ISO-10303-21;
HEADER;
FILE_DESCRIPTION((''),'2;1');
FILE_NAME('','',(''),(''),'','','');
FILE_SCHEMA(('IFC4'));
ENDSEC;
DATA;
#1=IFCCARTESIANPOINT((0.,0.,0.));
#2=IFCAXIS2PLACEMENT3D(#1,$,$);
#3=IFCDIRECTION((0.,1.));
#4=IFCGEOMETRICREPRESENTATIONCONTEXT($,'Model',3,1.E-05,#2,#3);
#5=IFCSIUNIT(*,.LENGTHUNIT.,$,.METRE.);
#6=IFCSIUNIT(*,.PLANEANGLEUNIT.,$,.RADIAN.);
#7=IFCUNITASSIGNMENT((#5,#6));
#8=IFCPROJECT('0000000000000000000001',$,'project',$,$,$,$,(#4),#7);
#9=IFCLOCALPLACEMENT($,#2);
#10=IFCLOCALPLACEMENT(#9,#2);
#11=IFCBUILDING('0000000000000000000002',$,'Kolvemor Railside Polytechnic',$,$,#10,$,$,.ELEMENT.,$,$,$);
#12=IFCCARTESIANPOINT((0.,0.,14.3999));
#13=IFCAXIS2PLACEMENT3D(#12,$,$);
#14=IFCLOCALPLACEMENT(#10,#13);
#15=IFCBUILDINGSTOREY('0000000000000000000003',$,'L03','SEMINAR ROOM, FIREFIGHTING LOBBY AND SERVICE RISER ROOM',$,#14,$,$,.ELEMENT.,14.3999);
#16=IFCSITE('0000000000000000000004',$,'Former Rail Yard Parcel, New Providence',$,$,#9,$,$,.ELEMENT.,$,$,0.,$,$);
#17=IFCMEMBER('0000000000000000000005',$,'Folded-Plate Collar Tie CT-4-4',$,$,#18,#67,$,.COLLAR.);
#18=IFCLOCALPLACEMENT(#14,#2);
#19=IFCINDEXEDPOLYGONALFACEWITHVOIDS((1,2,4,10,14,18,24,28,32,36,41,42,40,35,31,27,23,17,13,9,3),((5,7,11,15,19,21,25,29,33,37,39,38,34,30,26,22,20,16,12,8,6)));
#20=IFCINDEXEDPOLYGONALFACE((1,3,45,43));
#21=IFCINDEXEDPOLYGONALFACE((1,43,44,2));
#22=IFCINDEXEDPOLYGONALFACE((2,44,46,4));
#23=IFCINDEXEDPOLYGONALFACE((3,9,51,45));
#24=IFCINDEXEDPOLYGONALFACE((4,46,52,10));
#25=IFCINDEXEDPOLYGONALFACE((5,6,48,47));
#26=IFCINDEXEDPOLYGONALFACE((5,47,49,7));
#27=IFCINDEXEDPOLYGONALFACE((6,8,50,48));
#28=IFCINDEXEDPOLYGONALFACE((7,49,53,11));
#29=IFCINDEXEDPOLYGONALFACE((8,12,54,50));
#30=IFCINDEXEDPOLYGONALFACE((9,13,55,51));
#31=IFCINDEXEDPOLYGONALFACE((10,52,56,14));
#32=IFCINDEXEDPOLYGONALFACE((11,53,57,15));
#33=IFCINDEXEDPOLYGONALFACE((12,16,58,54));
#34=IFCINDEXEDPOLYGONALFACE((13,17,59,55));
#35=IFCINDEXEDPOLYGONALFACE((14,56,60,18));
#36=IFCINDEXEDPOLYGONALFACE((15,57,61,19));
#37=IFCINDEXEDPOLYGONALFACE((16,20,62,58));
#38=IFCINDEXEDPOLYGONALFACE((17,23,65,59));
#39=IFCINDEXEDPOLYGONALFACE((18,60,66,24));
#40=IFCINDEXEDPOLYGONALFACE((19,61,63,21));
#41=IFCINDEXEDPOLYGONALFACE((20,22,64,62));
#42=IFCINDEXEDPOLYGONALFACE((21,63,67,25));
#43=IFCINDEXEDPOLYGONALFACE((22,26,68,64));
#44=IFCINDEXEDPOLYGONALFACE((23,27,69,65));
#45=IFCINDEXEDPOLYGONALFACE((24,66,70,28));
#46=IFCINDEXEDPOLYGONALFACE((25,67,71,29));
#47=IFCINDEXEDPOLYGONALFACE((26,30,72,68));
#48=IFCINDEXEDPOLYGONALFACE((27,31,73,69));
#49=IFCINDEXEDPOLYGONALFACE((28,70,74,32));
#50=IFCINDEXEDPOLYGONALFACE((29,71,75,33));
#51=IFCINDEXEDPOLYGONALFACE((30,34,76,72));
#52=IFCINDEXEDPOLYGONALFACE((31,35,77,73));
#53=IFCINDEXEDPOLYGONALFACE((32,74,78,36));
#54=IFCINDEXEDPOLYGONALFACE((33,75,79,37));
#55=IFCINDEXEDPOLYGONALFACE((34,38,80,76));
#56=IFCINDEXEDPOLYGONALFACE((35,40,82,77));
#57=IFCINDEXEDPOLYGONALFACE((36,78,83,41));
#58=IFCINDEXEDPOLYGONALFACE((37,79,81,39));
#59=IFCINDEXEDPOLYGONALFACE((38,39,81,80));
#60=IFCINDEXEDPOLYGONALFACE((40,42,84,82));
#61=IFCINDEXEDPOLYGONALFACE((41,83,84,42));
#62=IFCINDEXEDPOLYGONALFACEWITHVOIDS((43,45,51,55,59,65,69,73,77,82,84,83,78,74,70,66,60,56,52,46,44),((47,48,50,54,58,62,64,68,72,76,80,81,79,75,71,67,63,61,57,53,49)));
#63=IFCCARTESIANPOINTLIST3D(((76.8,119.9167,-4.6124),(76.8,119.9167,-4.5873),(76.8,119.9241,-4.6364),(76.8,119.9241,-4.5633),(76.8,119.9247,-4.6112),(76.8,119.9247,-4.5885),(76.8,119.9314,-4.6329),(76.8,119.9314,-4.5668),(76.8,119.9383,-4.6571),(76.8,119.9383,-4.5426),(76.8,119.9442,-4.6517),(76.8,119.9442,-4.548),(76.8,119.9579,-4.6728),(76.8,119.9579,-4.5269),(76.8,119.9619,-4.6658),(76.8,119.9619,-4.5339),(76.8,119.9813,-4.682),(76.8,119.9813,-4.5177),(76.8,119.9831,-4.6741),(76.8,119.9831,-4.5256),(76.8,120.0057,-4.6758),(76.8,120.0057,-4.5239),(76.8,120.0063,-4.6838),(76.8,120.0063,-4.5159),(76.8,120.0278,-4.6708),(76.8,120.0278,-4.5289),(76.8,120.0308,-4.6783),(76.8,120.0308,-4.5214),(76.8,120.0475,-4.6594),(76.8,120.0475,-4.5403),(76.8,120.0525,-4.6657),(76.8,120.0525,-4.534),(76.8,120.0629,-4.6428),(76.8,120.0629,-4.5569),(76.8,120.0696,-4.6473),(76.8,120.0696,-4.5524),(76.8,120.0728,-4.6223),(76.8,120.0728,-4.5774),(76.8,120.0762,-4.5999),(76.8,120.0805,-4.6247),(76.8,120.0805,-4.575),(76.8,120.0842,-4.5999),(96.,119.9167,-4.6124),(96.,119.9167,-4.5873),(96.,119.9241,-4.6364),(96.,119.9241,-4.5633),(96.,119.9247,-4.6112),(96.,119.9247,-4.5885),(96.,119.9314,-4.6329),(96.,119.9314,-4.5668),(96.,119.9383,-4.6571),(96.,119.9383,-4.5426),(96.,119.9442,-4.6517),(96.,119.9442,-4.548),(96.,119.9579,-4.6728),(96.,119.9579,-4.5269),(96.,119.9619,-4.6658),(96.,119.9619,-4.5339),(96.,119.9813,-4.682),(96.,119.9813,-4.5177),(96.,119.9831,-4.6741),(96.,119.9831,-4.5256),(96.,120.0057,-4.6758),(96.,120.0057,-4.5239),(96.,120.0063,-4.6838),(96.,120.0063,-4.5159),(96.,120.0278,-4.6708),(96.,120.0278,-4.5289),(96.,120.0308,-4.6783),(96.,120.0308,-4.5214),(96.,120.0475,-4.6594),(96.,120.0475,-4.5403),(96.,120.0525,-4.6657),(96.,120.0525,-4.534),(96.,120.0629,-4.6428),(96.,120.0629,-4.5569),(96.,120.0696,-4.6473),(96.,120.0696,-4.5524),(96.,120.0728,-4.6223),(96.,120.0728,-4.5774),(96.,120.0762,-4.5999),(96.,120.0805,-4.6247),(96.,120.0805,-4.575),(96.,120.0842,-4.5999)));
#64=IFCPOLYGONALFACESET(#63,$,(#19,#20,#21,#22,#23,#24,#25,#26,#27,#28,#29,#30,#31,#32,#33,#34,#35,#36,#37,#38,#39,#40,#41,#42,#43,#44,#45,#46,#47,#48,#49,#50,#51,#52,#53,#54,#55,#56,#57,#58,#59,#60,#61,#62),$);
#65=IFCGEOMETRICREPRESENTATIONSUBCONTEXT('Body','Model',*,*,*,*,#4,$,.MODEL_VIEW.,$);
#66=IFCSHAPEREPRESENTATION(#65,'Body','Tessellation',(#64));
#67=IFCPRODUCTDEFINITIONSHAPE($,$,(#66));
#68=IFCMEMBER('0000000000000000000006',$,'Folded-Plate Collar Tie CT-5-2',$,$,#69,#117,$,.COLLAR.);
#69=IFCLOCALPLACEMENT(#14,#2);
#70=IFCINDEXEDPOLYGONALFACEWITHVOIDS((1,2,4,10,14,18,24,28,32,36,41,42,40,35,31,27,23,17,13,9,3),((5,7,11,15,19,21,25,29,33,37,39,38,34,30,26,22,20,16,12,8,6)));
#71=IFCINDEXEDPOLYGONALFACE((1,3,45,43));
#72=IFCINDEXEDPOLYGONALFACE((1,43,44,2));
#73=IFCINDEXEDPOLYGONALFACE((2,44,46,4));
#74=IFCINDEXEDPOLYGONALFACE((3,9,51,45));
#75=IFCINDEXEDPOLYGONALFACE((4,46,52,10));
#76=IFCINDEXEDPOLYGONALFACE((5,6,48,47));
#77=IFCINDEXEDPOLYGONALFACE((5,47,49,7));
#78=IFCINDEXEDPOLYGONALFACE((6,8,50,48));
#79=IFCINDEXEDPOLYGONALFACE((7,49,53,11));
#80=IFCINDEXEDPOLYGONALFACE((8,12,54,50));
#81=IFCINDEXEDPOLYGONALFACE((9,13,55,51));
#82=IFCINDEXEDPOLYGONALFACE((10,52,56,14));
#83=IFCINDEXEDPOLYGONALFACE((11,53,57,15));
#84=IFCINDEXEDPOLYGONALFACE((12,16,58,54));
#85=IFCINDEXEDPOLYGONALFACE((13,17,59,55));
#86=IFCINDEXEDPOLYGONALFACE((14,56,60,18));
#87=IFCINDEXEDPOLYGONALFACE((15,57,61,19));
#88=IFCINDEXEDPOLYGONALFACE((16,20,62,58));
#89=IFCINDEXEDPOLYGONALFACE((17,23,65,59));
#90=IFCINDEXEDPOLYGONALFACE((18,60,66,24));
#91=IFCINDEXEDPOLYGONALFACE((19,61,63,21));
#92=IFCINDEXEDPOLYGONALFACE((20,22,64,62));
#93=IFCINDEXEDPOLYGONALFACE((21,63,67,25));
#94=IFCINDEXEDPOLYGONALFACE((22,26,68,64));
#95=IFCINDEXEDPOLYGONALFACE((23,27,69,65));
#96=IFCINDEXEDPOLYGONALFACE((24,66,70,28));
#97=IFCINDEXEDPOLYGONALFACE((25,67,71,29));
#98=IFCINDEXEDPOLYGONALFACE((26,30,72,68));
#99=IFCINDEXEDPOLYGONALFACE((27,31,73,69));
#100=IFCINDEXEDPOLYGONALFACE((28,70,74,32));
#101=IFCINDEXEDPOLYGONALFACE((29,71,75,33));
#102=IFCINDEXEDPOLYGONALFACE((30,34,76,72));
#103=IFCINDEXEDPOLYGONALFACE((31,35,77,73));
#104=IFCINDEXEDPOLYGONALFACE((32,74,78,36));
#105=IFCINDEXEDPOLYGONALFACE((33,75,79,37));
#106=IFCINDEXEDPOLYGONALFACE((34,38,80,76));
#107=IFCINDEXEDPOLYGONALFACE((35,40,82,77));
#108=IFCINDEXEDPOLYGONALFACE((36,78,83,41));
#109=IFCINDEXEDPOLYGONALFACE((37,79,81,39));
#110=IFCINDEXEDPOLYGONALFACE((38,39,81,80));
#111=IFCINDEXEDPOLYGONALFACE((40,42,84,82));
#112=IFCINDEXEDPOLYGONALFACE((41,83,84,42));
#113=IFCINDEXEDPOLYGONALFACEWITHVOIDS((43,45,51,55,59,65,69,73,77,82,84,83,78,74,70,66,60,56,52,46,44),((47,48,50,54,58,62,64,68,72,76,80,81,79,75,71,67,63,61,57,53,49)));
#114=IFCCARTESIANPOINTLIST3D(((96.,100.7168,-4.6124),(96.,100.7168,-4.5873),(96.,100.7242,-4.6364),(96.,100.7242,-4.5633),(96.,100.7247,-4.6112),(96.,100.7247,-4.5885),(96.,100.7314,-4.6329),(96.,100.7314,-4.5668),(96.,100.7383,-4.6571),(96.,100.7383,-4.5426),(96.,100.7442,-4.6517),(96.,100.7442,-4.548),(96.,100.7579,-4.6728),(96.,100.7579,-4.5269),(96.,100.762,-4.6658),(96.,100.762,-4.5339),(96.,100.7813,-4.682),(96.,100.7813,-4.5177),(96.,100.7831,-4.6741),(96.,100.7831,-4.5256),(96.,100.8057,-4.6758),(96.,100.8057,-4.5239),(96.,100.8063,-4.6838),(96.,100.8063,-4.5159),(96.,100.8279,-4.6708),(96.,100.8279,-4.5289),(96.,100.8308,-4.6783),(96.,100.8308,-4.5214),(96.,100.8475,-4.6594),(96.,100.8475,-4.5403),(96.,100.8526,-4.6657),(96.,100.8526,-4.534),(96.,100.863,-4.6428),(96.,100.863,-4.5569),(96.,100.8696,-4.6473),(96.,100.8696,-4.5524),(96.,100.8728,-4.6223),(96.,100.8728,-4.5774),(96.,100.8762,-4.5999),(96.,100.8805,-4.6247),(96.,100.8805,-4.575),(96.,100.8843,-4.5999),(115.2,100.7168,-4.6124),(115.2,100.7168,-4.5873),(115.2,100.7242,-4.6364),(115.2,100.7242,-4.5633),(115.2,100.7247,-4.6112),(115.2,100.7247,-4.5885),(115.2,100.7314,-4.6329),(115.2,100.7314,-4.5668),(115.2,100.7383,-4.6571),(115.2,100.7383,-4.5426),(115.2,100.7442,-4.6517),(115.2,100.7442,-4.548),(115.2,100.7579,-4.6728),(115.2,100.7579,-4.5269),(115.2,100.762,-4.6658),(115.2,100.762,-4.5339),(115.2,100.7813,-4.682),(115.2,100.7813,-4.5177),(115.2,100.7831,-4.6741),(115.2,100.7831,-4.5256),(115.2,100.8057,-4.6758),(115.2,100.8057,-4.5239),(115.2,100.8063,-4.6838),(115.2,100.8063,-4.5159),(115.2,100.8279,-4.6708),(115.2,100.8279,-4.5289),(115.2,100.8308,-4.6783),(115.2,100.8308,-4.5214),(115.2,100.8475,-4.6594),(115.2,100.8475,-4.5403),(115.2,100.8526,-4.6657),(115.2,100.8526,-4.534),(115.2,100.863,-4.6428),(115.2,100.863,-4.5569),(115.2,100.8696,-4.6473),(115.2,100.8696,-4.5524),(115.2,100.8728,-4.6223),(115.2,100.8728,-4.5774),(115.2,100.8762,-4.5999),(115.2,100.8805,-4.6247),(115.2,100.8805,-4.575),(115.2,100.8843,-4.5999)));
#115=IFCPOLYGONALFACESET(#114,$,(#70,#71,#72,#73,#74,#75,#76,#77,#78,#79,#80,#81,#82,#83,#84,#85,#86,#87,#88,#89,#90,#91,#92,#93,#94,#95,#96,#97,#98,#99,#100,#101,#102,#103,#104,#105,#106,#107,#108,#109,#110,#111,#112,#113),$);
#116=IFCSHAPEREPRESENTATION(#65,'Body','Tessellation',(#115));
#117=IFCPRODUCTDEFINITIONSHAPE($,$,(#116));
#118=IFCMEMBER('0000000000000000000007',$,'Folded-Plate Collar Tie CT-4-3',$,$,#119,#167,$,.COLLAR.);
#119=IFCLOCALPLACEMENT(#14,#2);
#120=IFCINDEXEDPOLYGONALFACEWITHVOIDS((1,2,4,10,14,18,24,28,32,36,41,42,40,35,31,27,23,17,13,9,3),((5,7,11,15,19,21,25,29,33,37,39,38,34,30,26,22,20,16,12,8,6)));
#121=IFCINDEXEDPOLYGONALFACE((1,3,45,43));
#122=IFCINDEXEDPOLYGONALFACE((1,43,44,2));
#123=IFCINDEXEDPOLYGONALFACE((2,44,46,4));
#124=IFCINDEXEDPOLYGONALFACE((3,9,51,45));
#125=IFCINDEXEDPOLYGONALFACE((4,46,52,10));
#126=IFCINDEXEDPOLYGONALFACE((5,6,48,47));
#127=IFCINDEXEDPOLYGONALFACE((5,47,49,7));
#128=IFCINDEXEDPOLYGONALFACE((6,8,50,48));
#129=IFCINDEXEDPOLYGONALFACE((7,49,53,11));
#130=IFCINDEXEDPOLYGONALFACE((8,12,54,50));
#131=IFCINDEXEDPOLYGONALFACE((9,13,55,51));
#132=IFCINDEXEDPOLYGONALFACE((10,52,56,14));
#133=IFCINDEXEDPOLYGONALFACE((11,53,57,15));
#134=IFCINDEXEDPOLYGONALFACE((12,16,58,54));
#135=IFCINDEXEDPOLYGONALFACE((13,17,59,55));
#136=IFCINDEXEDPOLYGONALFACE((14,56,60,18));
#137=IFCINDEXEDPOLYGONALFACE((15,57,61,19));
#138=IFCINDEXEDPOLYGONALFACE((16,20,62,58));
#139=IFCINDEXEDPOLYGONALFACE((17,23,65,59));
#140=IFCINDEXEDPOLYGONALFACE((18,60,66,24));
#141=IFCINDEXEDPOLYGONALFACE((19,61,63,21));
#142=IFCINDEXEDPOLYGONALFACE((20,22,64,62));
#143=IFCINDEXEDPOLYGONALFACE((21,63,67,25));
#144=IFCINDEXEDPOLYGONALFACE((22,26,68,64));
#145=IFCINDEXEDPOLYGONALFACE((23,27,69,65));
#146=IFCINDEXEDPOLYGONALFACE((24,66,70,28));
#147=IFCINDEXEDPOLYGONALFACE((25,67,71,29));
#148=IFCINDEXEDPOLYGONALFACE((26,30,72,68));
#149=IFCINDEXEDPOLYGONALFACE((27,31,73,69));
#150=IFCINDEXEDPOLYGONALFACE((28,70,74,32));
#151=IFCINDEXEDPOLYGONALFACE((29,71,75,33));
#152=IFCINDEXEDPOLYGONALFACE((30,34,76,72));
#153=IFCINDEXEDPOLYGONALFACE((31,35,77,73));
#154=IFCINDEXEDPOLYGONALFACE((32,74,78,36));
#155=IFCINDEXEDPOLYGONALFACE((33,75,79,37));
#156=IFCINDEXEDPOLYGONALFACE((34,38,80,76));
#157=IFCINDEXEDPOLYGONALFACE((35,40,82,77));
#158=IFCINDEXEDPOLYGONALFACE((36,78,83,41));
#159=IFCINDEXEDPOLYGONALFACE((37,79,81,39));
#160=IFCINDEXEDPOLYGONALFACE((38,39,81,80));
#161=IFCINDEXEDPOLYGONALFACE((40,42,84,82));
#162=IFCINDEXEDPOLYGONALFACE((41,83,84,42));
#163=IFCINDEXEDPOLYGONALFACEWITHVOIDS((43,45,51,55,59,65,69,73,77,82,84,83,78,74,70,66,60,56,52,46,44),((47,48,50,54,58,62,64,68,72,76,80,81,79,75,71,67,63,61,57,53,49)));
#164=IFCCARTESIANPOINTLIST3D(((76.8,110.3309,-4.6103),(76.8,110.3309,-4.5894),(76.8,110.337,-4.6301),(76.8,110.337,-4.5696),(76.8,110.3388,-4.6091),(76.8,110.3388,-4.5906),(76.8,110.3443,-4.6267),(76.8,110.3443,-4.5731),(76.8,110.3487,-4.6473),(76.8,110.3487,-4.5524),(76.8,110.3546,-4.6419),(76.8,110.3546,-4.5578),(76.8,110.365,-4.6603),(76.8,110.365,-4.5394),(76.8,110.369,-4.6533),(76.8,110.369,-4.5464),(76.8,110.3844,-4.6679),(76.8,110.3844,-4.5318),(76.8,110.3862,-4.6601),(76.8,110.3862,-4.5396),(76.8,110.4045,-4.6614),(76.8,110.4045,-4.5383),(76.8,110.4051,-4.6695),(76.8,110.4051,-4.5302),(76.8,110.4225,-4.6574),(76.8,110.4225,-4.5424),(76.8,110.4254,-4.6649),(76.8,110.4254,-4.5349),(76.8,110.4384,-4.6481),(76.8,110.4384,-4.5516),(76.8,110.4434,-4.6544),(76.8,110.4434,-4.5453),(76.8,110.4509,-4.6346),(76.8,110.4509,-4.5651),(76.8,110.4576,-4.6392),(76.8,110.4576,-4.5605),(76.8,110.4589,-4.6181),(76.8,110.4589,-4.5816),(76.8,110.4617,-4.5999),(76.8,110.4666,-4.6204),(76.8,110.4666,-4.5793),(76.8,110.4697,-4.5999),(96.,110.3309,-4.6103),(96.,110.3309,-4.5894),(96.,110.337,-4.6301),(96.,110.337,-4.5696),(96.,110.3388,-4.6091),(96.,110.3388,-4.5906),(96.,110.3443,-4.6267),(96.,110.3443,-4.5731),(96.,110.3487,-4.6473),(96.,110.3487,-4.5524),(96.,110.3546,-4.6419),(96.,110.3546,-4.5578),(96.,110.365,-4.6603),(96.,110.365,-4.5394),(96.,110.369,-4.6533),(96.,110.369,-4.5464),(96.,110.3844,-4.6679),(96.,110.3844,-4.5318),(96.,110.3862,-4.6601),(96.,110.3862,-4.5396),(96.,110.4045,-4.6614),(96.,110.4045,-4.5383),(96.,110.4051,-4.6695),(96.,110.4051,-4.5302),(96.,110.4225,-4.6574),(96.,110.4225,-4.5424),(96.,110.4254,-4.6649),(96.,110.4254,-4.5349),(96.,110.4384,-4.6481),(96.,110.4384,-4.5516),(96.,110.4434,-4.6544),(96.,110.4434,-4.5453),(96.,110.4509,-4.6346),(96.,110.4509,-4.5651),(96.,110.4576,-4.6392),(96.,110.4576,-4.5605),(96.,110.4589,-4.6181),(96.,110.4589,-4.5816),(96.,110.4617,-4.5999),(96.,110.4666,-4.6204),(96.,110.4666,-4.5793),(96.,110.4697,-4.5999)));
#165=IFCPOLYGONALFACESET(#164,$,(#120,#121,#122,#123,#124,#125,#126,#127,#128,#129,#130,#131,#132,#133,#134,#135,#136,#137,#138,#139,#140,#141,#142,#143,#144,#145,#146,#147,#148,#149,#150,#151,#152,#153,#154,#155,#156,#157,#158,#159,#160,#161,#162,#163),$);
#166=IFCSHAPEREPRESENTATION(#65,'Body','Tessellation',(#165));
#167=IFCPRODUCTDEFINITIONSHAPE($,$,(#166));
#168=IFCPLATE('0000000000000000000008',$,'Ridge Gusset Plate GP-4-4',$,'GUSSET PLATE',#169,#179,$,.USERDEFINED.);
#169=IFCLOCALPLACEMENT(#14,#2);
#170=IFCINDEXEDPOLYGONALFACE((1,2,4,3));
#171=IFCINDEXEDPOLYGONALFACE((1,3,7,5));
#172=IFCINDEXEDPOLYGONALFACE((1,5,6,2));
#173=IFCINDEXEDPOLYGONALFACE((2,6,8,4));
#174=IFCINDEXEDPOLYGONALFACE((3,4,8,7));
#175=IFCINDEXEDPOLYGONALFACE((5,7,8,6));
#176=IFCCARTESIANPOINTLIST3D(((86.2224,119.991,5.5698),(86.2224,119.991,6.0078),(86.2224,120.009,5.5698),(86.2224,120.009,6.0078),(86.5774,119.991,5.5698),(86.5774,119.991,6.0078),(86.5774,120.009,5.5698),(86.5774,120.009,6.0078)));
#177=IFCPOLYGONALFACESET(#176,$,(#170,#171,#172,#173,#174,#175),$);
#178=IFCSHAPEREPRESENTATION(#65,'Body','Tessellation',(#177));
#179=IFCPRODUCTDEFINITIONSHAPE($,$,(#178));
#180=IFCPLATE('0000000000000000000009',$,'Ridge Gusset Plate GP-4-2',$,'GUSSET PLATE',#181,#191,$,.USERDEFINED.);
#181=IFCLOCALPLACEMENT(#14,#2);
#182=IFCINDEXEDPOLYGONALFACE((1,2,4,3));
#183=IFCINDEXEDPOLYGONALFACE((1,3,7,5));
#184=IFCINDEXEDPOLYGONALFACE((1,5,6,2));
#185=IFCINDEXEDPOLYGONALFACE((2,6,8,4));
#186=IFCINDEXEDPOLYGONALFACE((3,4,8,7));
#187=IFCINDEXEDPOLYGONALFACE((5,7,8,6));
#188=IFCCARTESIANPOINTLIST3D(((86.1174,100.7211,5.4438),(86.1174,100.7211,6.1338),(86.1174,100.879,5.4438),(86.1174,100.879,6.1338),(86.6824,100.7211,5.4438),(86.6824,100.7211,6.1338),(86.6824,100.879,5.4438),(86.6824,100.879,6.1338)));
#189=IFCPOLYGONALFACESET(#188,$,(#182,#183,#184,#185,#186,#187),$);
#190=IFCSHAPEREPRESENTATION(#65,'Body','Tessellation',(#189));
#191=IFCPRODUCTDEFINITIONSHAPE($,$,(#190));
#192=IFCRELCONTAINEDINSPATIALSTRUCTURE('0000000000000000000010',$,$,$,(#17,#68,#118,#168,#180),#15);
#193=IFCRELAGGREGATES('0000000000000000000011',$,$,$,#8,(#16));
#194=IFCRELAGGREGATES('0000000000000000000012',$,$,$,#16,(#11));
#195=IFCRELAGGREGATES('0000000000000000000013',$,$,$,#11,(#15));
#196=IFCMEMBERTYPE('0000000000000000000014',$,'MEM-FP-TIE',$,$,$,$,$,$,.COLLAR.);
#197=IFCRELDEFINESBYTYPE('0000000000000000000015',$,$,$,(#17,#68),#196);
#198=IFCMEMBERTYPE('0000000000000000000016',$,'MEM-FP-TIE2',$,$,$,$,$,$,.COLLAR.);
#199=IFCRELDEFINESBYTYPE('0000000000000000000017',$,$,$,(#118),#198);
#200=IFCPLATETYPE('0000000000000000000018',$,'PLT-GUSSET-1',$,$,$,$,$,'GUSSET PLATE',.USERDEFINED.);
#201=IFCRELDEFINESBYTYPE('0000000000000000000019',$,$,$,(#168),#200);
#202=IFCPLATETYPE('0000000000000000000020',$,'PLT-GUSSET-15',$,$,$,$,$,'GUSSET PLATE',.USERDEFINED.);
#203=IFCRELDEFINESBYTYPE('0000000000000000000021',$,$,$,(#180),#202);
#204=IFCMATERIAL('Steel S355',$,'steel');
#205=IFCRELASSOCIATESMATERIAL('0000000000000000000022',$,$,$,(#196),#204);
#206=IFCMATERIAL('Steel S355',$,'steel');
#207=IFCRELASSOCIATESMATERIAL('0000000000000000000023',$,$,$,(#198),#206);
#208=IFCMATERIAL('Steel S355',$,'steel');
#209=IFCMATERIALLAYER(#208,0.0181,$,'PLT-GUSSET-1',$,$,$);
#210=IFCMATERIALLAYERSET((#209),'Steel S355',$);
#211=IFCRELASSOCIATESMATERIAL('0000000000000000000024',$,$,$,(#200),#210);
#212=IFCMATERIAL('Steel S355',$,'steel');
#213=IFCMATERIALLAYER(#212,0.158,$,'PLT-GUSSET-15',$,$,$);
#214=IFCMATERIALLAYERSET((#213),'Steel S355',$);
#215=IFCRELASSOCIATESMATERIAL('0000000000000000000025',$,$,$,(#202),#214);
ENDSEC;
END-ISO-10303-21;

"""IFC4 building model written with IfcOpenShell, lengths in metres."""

from ifc_helpers import new_model, si_unit, direction, frame, origin, origin_2d, place, context, subcontext, project, spatial, rectangle, hollow_circle, extrude, material, layer, layer_set, material_profile, profile_set, type_object, element, save


model = new_model("IFC4")

# Units and contexts
model_context = context("Model", 3, precision=1e-05, world=origin(), true_north=direction((0.0, 1.0)))
body_context = subcontext(model_context, "Body", "Model", "MODEL_VIEW")
ifc_project = project(units=[si_unit("LENGTHUNIT", "METRE"), si_unit("PLANEANGLEUNIT", "RADIAN")], contexts=[model_context])

# Site, building, storey
site_placement = place(None, origin())
site = spatial("IfcSite", under=ifc_project, at=site_placement, Name="Former Rail Yard Parcel, New Providence", CompositionType="ELEMENT", RefElevation=0.0)
building_placement = place(site_placement, origin())
building = spatial("IfcBuilding", under=site, at=building_placement, Name="Kolvemor Railside Polytechnic", CompositionType="ELEMENT")
storey_placement = place(building_placement, frame((0.0, 0.0, 14.3999)))
storey = spatial("IfcBuildingStorey", under=building, at=storey_placement, Name="L03", Description="SEMINAR ROOM, FIREFIGHTING LOBBY AND SERVICE RISER ROOM", CompositionType="ELEMENT", Elevation=14.3999)

# Members
ifc_material_1 = material(Name="Steel S355", Category="steel")
ifc_material_profile_1 = material_profile(ifc_material_1, hollow_circle(Radius=0.0842, WallThickness=0.0081, at=origin_2d()), Name="CHS168.3x8")
ifc_profile_set_1 = profile_set([ifc_material_profile_1], Name="Steel S355")
member_type_1 = type_object("IfcMemberType", Name="MEM-FP-TIE", PredefinedType="COLLAR", material=ifc_profile_set_1)
for number, where, z_axis, x_axis, name in (
    (1, (76.8, 120.0, -4.5999), (1.0, 0.0, 0.0), (0.0, 1.0, 0.0), "Folded-Plate Collar Tie CT-4-4"),
    (2, (96.0, 100.8, -4.5999), (1.0, 0.0, 0.0), (0.0, 1.0, 0.0), "Folded-Plate Collar Tie CT-5-2"),
):
    element("IfcMember", number, at=place(storey_placement, frame(where, z_axis=z_axis, x_axis=x_axis)), inside=storey, type_object=member_type_1, Name=name, PredefinedType="COLLAR", context=body_context, shape_type="SweptSolid", body=[
        extrude(hollow_circle(Radius=0.0842, WallThickness=0.0081, at=origin_2d()), origin(), (0.0, 0.0, 1.0), 19.2),
    ])
ifc_material_2 = material(Name="Steel S355", Category="steel")
ifc_material_profile_2 = material_profile(ifc_material_2, hollow_circle(Radius=0.0698, WallThickness=0.0081, at=origin_2d()), Name="CHS139.7x8")
ifc_profile_set_2 = profile_set([ifc_material_profile_2], Name="Steel S355")
member_type_2 = type_object("IfcMemberType", Name="MEM-FP-TIE2", PredefinedType="COLLAR", material=ifc_profile_set_2)
member_1_placement = place(storey_placement, frame((76.8, 110.3999, -4.5999), z_axis=(1.0, 0.0, 0.0), x_axis=(0.0, 1.0, 0.0)))
element("IfcMember", 3, at=member_1_placement, inside=storey, type_object=member_type_2, Name="Folded-Plate Collar Tie CT-4-3", PredefinedType="COLLAR", context=body_context, shape_type="SweptSolid", body=[
    extrude(hollow_circle(Radius=0.0698, WallThickness=0.0081, at=origin_2d()), origin(), (0.0, 0.0, 1.0), 19.2),
])

# Plates
ifc_material_3 = material(Name="Steel S355", Category="steel")
ifc_layer_1 = layer(ifc_material_3, 0.0181, Name="PLT-GUSSET-1")
ifc_layer_set_1 = layer_set([ifc_layer_1], Name="Steel S355")
plate_type_1 = type_object("IfcPlateType", Name="PLT-GUSSET-1", ElementType="GUSSET PLATE", PredefinedType="USERDEFINED", material=ifc_layer_set_1)
plate_1_placement = place(storey_placement, frame((86.3999, 120.0, 5.5698), z_axis=(0.0, 0.0, 1.0), x_axis=(1.0, 0.0, 0.0)))
element("IfcPlate", 4, at=plate_1_placement, inside=storey, type_object=plate_type_1, Name="Ridge Gusset Plate GP-4-4", ObjectType="GUSSET PLATE", PredefinedType="USERDEFINED", context=body_context, shape_type="SweptSolid", body=[
    extrude(rectangle(XDim=0.355, YDim=0.0181, at=origin_2d()), origin(), (0.0, 0.0, 1.0), 0.438),
])
ifc_material_4 = material(Name="Steel S355", Category="steel")
ifc_layer_2 = layer(ifc_material_4, 0.158, Name="PLT-GUSSET-15")
ifc_layer_set_2 = layer_set([ifc_layer_2], Name="Steel S355")
plate_type_2 = type_object("IfcPlateType", Name="PLT-GUSSET-15", ElementType="GUSSET PLATE", PredefinedType="USERDEFINED", material=ifc_layer_set_2)
plate_2_placement = place(storey_placement, frame((86.3999, 100.8, 5.4438), z_axis=(0.0, 0.0, 1.0), x_axis=(1.0, 0.0, 0.0)))
element("IfcPlate", 5, at=plate_2_placement, inside=storey, type_object=plate_type_2, Name="Ridge Gusset Plate GP-4-2", ObjectType="GUSSET PLATE", PredefinedType="USERDEFINED", context=body_context, shape_type="SweptSolid", body=[
    extrude(rectangle(XDim=0.5649, YDim=0.158, at=origin_2d()), origin(), (0.0, 0.0, 1.0), 0.6899),
])

save(model, "model.ifc")
